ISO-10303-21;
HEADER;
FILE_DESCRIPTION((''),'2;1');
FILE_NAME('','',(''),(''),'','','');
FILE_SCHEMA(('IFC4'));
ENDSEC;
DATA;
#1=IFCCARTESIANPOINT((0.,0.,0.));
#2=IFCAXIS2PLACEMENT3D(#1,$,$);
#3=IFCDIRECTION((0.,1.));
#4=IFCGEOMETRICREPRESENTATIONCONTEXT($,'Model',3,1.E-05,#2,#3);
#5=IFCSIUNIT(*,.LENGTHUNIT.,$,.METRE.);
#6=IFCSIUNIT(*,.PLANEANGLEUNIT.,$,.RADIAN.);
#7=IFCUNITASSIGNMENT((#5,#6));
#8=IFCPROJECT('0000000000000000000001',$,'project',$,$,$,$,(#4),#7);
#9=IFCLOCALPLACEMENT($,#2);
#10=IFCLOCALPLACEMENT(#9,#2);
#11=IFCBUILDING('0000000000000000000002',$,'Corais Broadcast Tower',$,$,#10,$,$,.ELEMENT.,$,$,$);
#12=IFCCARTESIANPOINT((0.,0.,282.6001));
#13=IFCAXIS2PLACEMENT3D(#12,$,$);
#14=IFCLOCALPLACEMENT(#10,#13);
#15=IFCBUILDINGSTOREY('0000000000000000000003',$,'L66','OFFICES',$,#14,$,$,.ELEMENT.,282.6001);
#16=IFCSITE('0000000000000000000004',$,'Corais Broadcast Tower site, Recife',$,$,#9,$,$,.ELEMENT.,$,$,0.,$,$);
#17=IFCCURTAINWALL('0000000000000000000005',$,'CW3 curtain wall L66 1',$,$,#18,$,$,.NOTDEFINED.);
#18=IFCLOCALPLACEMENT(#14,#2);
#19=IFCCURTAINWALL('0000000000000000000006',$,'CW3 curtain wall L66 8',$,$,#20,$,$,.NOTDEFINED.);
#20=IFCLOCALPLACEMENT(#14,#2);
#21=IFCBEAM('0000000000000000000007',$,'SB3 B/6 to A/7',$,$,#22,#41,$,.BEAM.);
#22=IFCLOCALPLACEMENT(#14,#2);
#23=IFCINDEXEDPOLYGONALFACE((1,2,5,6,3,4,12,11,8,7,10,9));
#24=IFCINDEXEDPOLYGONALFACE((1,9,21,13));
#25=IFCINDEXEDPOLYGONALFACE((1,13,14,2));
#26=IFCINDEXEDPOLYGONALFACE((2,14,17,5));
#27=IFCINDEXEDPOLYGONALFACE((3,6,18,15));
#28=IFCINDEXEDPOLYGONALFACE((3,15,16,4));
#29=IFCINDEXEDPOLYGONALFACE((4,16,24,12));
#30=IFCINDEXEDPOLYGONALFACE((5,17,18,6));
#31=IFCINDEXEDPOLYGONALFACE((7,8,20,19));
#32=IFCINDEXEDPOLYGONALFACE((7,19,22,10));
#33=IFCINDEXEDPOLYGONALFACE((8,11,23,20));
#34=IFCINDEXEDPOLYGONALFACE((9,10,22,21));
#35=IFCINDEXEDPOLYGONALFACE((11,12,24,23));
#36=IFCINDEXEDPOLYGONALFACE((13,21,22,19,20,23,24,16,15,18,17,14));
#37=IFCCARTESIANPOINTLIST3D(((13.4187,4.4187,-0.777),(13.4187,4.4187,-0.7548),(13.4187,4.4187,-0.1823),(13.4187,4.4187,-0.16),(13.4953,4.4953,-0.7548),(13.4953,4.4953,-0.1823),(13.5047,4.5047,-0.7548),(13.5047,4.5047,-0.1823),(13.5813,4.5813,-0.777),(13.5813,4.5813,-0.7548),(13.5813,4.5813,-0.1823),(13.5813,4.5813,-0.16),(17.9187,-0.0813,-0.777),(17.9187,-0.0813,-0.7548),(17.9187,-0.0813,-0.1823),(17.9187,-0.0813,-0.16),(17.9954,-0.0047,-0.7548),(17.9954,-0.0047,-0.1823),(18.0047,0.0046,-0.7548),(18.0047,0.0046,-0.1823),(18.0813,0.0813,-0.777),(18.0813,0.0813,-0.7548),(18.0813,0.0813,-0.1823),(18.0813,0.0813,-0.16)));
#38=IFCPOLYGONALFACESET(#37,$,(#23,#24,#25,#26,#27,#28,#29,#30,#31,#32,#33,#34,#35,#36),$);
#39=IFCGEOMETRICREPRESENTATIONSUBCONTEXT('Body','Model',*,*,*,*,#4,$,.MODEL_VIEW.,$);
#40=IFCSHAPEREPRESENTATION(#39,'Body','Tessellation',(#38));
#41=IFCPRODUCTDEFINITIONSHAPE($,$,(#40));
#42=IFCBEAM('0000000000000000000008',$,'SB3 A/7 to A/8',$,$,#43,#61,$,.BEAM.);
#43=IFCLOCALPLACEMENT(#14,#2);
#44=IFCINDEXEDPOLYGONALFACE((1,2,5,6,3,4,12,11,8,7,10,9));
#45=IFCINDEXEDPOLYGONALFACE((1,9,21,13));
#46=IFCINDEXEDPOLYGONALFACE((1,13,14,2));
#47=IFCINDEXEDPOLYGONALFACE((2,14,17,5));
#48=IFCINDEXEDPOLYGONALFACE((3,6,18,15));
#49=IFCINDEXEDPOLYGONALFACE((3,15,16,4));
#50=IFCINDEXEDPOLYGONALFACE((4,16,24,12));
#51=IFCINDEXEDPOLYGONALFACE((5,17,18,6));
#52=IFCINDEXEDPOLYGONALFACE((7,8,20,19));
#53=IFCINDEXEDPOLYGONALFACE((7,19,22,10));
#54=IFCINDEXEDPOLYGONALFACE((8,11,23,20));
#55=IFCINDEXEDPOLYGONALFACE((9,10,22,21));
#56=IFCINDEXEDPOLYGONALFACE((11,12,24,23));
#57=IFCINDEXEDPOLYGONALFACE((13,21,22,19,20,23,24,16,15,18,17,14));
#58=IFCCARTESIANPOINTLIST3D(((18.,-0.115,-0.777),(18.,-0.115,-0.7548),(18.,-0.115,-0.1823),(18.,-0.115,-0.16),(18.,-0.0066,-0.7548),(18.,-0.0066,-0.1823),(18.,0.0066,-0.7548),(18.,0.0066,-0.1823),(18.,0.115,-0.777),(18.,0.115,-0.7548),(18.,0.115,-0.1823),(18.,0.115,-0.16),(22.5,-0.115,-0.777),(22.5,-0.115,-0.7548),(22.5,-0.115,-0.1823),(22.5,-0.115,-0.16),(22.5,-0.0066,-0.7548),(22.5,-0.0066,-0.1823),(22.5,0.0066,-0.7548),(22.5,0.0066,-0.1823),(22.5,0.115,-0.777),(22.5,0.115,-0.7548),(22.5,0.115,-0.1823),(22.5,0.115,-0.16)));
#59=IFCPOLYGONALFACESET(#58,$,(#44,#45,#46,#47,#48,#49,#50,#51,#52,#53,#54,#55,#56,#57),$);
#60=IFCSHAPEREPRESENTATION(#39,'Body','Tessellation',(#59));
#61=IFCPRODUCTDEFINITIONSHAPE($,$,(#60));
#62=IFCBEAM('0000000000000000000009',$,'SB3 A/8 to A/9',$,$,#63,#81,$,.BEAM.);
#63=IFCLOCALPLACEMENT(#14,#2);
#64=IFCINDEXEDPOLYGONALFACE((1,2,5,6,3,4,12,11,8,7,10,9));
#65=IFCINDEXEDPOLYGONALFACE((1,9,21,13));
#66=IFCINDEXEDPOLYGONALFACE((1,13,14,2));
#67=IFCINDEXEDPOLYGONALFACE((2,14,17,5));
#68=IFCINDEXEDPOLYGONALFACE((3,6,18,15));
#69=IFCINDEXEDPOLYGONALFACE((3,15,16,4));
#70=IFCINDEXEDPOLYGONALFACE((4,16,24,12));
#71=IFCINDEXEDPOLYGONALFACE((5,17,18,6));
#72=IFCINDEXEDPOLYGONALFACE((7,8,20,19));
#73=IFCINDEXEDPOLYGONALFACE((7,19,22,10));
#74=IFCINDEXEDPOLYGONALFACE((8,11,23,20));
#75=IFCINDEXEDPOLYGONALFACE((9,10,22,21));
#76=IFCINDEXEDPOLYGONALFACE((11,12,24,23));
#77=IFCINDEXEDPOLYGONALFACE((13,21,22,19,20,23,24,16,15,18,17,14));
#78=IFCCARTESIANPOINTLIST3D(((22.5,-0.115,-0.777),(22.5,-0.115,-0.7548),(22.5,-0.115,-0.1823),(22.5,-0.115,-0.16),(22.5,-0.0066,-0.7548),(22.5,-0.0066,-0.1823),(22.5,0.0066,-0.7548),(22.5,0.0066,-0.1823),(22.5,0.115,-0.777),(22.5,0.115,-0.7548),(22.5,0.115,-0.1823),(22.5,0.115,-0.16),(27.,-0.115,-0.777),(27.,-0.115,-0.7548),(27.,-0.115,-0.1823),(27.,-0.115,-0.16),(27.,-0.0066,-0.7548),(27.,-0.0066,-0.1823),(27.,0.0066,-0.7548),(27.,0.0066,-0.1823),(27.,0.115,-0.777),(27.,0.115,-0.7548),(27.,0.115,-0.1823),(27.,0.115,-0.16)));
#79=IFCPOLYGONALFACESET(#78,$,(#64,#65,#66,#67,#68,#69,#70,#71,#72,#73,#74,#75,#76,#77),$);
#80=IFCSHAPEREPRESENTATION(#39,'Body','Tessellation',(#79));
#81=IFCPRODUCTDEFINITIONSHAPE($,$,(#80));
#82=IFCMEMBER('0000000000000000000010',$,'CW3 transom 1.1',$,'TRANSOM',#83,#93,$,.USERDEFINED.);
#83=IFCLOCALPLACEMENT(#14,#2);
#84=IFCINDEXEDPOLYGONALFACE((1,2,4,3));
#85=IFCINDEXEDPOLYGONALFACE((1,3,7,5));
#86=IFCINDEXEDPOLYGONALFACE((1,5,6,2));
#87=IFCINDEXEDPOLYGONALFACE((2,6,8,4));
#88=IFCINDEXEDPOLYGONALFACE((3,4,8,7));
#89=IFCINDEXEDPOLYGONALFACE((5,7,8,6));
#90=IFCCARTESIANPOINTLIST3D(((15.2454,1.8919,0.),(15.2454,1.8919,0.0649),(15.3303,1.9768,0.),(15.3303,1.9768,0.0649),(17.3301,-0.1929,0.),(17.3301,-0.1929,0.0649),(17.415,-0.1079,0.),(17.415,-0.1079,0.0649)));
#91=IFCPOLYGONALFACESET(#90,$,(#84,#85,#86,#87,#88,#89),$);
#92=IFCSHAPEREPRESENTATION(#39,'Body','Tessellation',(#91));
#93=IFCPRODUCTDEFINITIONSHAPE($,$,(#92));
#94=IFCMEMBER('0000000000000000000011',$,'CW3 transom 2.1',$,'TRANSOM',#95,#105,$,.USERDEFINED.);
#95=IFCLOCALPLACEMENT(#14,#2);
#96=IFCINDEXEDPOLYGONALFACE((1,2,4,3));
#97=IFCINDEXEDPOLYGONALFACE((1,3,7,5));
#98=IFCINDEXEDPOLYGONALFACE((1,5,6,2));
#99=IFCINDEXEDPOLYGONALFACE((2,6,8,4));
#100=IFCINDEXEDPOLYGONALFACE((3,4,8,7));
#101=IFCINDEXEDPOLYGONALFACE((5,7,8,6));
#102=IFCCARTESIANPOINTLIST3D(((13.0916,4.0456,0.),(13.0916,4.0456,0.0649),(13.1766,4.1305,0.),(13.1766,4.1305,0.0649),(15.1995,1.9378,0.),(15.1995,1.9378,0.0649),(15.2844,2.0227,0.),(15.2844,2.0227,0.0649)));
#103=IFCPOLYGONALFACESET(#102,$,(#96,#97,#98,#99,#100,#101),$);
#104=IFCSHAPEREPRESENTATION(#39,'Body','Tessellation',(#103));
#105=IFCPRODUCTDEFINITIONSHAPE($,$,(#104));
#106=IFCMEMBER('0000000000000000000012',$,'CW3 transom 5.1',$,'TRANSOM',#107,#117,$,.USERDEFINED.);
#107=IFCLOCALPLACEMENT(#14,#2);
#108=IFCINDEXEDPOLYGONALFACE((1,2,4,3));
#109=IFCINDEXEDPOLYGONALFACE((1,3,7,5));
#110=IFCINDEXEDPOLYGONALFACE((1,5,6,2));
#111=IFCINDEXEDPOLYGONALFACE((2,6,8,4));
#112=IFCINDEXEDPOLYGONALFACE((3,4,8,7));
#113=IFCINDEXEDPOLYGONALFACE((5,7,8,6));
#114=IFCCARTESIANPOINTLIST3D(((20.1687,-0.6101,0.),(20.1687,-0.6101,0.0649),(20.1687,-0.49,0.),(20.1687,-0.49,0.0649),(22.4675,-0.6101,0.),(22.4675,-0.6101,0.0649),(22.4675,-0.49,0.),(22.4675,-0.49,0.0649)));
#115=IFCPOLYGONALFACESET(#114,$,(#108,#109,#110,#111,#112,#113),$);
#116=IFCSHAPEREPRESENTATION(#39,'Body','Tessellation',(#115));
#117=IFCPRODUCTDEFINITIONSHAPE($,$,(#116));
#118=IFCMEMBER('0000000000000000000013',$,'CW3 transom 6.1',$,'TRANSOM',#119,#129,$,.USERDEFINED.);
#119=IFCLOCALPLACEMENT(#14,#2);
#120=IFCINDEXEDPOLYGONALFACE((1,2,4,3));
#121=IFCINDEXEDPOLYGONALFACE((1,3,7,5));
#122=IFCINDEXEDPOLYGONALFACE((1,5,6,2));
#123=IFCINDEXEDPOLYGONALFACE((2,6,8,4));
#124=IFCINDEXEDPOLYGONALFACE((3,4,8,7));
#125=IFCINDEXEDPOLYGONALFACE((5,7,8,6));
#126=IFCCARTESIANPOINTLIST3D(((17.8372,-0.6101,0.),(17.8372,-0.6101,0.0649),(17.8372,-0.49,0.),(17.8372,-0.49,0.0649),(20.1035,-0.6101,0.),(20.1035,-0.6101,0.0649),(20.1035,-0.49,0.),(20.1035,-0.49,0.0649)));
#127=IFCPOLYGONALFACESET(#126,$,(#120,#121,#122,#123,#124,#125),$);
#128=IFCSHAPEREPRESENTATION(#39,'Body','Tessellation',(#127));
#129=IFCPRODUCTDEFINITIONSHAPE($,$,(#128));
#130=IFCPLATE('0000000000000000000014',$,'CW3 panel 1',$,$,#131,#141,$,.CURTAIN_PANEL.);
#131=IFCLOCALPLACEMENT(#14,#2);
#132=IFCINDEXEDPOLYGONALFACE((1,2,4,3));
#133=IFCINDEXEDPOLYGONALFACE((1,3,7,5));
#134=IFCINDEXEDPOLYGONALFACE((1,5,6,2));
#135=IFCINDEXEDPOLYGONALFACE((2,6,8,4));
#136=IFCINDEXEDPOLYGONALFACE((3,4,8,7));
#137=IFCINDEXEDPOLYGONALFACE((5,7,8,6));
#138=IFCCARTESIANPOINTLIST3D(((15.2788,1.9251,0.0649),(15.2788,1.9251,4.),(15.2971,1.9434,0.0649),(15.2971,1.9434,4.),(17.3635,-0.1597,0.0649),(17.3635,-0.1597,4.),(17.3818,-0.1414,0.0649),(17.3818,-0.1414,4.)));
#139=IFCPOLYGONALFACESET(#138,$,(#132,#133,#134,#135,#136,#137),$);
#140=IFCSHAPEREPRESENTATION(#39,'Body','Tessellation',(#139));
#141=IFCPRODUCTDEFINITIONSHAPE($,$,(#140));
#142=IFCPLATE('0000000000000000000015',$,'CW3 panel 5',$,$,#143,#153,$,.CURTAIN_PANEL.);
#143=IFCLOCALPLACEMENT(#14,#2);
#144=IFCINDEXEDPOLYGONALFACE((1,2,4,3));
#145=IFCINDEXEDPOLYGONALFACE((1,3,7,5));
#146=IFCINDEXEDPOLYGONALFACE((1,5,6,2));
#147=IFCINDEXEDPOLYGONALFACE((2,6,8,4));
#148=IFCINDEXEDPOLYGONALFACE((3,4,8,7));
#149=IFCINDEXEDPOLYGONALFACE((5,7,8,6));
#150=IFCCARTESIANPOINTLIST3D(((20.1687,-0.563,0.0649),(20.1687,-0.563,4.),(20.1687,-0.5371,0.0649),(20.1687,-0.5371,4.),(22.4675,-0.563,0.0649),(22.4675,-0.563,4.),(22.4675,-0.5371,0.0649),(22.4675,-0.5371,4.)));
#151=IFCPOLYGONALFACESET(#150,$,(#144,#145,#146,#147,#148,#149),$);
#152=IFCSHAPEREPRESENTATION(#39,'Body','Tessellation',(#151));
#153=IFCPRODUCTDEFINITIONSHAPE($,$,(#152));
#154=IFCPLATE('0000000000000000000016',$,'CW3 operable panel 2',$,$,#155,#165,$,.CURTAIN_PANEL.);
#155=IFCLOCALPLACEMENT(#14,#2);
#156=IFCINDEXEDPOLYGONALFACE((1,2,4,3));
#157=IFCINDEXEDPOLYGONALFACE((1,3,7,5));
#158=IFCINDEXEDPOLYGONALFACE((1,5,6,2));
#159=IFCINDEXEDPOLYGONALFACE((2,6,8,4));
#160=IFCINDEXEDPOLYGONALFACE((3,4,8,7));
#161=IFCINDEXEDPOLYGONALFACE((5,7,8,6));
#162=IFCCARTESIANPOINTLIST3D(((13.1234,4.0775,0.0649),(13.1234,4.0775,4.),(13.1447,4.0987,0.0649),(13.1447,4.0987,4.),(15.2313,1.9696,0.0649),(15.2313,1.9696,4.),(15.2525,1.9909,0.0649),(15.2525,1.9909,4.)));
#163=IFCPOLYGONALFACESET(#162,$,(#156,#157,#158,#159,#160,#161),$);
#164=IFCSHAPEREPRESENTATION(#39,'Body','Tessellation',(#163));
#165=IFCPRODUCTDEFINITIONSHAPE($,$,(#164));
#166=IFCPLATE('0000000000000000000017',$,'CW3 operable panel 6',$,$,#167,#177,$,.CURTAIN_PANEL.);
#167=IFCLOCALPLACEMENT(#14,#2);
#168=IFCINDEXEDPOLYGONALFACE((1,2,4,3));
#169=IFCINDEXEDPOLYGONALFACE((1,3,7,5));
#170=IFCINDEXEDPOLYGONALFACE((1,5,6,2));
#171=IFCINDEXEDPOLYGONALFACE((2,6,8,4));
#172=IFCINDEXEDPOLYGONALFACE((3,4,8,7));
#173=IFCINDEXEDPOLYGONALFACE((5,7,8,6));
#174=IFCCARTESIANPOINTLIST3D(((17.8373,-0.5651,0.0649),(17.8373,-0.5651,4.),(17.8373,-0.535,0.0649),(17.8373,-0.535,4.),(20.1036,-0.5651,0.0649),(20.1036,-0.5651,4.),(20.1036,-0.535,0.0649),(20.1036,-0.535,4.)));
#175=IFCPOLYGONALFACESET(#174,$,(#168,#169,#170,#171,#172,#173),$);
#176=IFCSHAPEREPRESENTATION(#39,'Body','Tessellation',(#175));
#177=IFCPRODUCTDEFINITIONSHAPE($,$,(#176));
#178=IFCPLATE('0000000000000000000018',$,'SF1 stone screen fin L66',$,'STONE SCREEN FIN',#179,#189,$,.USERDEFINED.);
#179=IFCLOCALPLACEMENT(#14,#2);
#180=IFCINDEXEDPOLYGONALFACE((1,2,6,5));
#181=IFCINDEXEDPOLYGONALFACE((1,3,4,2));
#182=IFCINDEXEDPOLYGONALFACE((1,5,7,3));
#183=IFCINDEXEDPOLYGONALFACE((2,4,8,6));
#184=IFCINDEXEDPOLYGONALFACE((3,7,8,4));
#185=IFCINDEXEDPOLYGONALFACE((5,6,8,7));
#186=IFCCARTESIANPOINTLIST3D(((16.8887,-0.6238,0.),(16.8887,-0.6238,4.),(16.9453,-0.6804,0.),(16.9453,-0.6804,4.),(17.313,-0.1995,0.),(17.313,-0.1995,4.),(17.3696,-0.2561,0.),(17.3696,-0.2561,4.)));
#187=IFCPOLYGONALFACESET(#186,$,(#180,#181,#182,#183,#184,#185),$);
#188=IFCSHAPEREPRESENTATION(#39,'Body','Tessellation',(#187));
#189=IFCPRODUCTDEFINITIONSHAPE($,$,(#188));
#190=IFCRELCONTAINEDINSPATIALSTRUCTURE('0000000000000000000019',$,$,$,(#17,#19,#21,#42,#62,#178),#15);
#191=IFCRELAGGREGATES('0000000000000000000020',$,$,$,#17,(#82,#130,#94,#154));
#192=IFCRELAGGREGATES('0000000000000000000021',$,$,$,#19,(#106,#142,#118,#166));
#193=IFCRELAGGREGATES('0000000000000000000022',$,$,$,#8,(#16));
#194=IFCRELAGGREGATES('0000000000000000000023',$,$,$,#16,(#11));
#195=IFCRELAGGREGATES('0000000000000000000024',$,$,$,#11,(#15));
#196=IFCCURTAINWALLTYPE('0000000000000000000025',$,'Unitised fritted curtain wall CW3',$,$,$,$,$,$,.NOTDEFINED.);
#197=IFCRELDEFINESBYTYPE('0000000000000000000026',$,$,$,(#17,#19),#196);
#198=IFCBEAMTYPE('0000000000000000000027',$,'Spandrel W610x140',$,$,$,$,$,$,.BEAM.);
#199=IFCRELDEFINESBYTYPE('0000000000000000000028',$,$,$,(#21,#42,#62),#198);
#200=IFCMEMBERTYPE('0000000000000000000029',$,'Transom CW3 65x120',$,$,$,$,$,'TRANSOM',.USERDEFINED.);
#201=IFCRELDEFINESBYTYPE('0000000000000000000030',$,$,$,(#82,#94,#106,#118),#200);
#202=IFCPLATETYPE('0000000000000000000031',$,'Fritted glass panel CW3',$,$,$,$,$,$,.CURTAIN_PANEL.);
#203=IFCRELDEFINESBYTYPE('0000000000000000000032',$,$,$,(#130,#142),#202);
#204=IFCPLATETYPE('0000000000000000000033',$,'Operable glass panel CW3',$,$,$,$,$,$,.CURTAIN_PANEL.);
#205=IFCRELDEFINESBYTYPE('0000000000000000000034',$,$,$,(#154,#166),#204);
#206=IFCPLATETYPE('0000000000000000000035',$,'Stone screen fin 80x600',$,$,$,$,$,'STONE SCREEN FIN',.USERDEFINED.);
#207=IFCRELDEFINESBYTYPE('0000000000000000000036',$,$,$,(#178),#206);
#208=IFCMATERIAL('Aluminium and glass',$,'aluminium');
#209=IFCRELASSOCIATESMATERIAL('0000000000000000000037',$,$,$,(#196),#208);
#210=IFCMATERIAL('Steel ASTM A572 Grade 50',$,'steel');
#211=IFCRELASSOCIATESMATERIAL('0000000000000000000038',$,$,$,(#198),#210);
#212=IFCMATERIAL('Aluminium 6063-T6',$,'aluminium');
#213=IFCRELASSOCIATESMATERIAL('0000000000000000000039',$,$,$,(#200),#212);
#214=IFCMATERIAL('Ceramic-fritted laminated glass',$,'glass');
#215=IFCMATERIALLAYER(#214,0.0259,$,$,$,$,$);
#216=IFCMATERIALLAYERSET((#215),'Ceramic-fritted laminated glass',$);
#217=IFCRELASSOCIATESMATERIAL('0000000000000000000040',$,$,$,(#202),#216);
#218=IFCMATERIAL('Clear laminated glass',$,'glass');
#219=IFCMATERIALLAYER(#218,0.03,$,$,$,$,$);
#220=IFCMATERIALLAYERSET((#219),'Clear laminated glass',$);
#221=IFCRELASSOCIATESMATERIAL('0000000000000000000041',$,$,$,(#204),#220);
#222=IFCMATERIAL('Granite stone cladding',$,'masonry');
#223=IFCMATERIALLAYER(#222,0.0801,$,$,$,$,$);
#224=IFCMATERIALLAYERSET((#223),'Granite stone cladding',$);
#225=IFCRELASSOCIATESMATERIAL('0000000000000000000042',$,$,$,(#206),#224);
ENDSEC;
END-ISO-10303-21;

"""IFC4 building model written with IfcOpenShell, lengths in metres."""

from ifc_helpers import new_model, si_unit, direction, frame, origin, origin_2d, place, context, subcontext, project, spatial, rectangle, i_section, extrude, material, layer, layer_set, material_profile, profile_set, type_object, element, aggregate, save


model = new_model("IFC4")

# Units and contexts
model_context = context("Model", 3, precision=1e-05, world=origin(), true_north=direction((0.0, 1.0)))
body_context = subcontext(model_context, "Body", "Model", "MODEL_VIEW")
ifc_project = project(units=[si_unit("LENGTHUNIT", "METRE"), si_unit("PLANEANGLEUNIT", "RADIAN")], contexts=[model_context])

# Site, building, storey
site_placement = place(None, origin())
site = spatial("IfcSite", under=ifc_project, at=site_placement, Name="Corais Broadcast Tower site, Recife", CompositionType="ELEMENT", RefElevation=0.0)
building_placement = place(site_placement, origin())
building = spatial("IfcBuilding", under=site, at=building_placement, Name="Corais Broadcast Tower", CompositionType="ELEMENT")
storey_placement = place(building_placement, frame((0.0, 0.0, 282.6001)))
storey = spatial("IfcBuildingStorey", under=building, at=storey_placement, Name="L66", Description="OFFICES", CompositionType="ELEMENT", Elevation=282.6001)

# Curtain walls
ifc_material_1 = material(Name="Aluminium and glass", Category="aluminium")
curtain_wall_type = type_object("IfcCurtainWallType", Name="Unitised fritted curtain wall CW3", PredefinedType="NOTDEFINED", material=ifc_material_1)
curtain_wall_1_placement = place(storey_placement, origin())
curtain_wall_1 = element("IfcCurtainWall", 1, at=curtain_wall_1_placement, inside=storey, type_object=curtain_wall_type, Name="CW3 curtain wall L66 1", PredefinedType="NOTDEFINED")
curtain_wall_2_placement = place(storey_placement, origin())
curtain_wall_2 = element("IfcCurtainWall", 2, at=curtain_wall_2_placement, inside=storey, type_object=curtain_wall_type, Name="CW3 curtain wall L66 8", PredefinedType="NOTDEFINED")

# Beams
ifc_material_2 = material(Name="Steel ASTM A572 Grade 50", Category="steel")
ifc_material_profile_1 = material_profile(ifc_material_2, i_section(OverallWidth=0.23, OverallDepth=0.6169, WebThickness=0.0132, FlangeThickness=0.0222, at=origin_2d()), Name="W610x140")
ifc_profile_set_1 = profile_set([ifc_material_profile_1], Name="Steel ASTM A572 Grade 50")
beam_type_1 = type_object("IfcBeamType", Name="Spandrel W610x140", PredefinedType="BEAM", material=ifc_profile_set_1)
beam_1_placement = place(storey_placement, frame((13.5, 4.5, -0.4685), z_axis=(0.707107, -0.707107, 0.0), x_axis=(0.707107, 0.707107, 0.0)))
element("IfcBeam", 3, at=beam_1_placement, inside=storey, type_object=beam_type_1, Name="SB3 B/6 to A/7", PredefinedType="BEAM", context=body_context, shape_type="SweptSolid", body=[
    extrude(i_section(OverallWidth=0.23, OverallDepth=0.6169, WebThickness=0.0132, FlangeThickness=0.0222, at=origin_2d()), origin(), (0.0, 0.0, 1.0), 6.364),
])
for number, where, z_axis, x_axis, name in (
    (4, (18.0, 0.0, -0.4685), (1.0, 0.0, 0.0), (0.0, 1.0, 0.0), "SB3 A/7 to A/8"),
    (5, (22.5, 0.0, -0.4685), (1.0, 0.0, 0.0), (0.0, 1.0, 0.0), "SB3 A/8 to A/9"),
):
    element("IfcBeam", number, at=place(storey_placement, frame(where, z_axis=z_axis, x_axis=x_axis)), inside=storey, type_object=beam_type_1, Name=name, PredefinedType="BEAM", context=body_context, shape_type="SweptSolid", body=[
        extrude(i_section(OverallWidth=0.23, OverallDepth=0.6169, WebThickness=0.0132, FlangeThickness=0.0222, at=origin_2d()), origin(), (0.0, 0.0, 1.0), 4.5),
    ])

# Members
ifc_material_3 = material(Name="Aluminium 6063-T6", Category="aluminium")
ifc_material_profile_2 = material_profile(ifc_material_3, rectangle(XDim=0.1201, YDim=0.0649, at=origin_2d()), Name="Transom CW3 65x120")
ifc_profile_set_2 = profile_set([ifc_material_profile_2], Name="Aluminium 6063-T6")
member_type_1 = type_object("IfcMemberType", Name="Transom CW3 65x120", ElementType="TRANSOM", PredefinedType="USERDEFINED", material=ifc_profile_set_2)
member_1_placement = place(storey_placement, frame((17.3726, -0.1504, 0.0325), z_axis=(-0.707107, 0.707107, 0.0), x_axis=(-0.707107, -0.707107, 0.0)))
member_1 = element("IfcMember", 6, at=member_1_placement, type_object=member_type_1, Name="CW3 transom 1.1", ObjectType="TRANSOM", PredefinedType="USERDEFINED", context=body_context, shape_type="SweptSolid", body=[
    extrude(rectangle(XDim=0.1201, YDim=0.0649, at=origin_2d()), origin(), (0.0, 0.0, 1.0), 2.9482),
])
member_2_placement = place(storey_placement, frame((15.2419, 1.9802, 0.0325), z_axis=(-0.707107, 0.707107, 0.0), x_axis=(-0.707107, -0.707107, 0.0)))
member_2 = element("IfcMember", 7, at=member_2_placement, type_object=member_type_1, Name="CW3 transom 2.1", ObjectType="TRANSOM", PredefinedType="USERDEFINED", context=body_context, shape_type="SweptSolid", body=[
    extrude(rectangle(XDim=0.1201, YDim=0.0649, at=origin_2d()), origin(), (0.0, 0.0, 1.0), 2.981),
])
member_3_placement = place(storey_placement, frame((22.4675, -0.55, 0.0325), z_axis=(-1.0, 0.0, 0.0), x_axis=(0.0, -1.0, 0.0)))
member_3 = element("IfcMember", 8, at=member_3_placement, type_object=member_type_1, Name="CW3 transom 5.1", ObjectType="TRANSOM", PredefinedType="USERDEFINED", context=body_context, shape_type="SweptSolid", body=[
    extrude(rectangle(XDim=0.1201, YDim=0.0649, at=origin_2d()), origin(), (0.0, 0.0, 1.0), 2.2988),
])
member_4_placement = place(storey_placement, frame((20.1035, -0.55, 0.0325), z_axis=(-1.0, 0.0, 0.0), x_axis=(0.0, -1.0, 0.0)))
member_4 = element("IfcMember", 9, at=member_4_placement, type_object=member_type_1, Name="CW3 transom 6.1", ObjectType="TRANSOM", PredefinedType="USERDEFINED", context=body_context, shape_type="SweptSolid", body=[
    extrude(rectangle(XDim=0.1201, YDim=0.0649, at=origin_2d()), origin(), (0.0, 0.0, 1.0), 2.2664),
])

# Plates
ifc_material_4 = material(Name="Ceramic-fritted laminated glass", Category="glass")
ifc_layer_1 = layer(ifc_material_4, 0.0259)
ifc_layer_set_1 = layer_set([ifc_layer_1], Name="Ceramic-fritted laminated glass")
plate_type_1 = type_object("IfcPlateType", Name="Fritted glass panel CW3", PredefinedType="CURTAIN_PANEL", material=ifc_layer_set_1)
plate_1_placement = place(storey_placement, frame((16.3303, 0.8918, 0.0649), z_axis=(0.0, 0.0, 1.0), x_axis=(-0.707107, 0.707107, 0.0)))
plate_1 = element("IfcPlate", 10, at=plate_1_placement, type_object=plate_type_1, Name="CW3 panel 1", PredefinedType="CURTAIN_PANEL", context=body_context, shape_type="SweptSolid", body=[
    extrude(rectangle(XDim=2.9482, YDim=0.0259, at=origin_2d()), origin(), (0.0, 0.0, 1.0), 3.9351),
])
plate_2_placement = place(storey_placement, frame((21.3181, -0.55, 0.0649), z_axis=(0.0, 0.0, 1.0), x_axis=(-1.0, 0.0, 0.0)))
plate_2 = element("IfcPlate", 11, at=plate_2_placement, type_object=plate_type_1, Name="CW3 panel 5", PredefinedType="CURTAIN_PANEL", context=body_context, shape_type="SweptSolid", body=[
    extrude(rectangle(XDim=2.2988, YDim=0.0259, at=origin_2d()), origin(), (0.0, 0.0, 1.0), 3.9351),
])
ifc_material_5 = material(Name="Clear laminated glass", Category="glass")
ifc_layer_2 = layer(ifc_material_5, 0.03)
ifc_layer_set_2 = layer_set([ifc_layer_2], Name="Clear laminated glass")
plate_type_2 = type_object("IfcPlateType", Name="Operable glass panel CW3", PredefinedType="CURTAIN_PANEL", material=ifc_layer_set_2)
plate_3_placement = place(storey_placement, frame((14.188, 3.0342, 0.0649), z_axis=(0.0, 0.0, 1.0), x_axis=(-0.707107, 0.707107, 0.0)))
plate_3 = element("IfcPlate", 12, at=plate_3_placement, type_object=plate_type_2, Name="CW3 operable panel 2", PredefinedType="CURTAIN_PANEL", context=body_context, shape_type="SweptSolid", body=[
    extrude(rectangle(XDim=2.981, YDim=0.03, at=origin_2d()), origin(), (0.0, 0.0, 1.0), 3.9351),
])
aggregate(curtain_wall_1, [member_1, plate_1, member_2, plate_3])
plate_4_placement = place(storey_placement, frame((18.9705, -0.55, 0.0649), z_axis=(0.0, 0.0, 1.0), x_axis=(-1.0, 0.0, 0.0)))
plate_4 = element("IfcPlate", 13, at=plate_4_placement, type_object=plate_type_2, Name="CW3 operable panel 6", PredefinedType="CURTAIN_PANEL", context=body_context, shape_type="SweptSolid", body=[
    extrude(rectangle(XDim=2.2664, YDim=0.03, at=origin_2d()), origin(), (0.0, 0.0, 1.0), 3.9351),
])
aggregate(curtain_wall_2, [member_3, plate_2, member_4, plate_4])
ifc_material_6 = material(Name="Granite stone cladding", Category="masonry")
ifc_layer_3 = layer(ifc_material_6, 0.0801)
ifc_layer_set_3 = layer_set([ifc_layer_3], Name="Granite stone cladding")
plate_type_3 = type_object("IfcPlateType", Name="Stone screen fin 80x600", ElementType="STONE SCREEN FIN", PredefinedType="USERDEFINED", material=ifc_layer_set_3)
plate_5_placement = place(storey_placement, frame((17.1292, -0.4399, 0.0), z_axis=(0.0, 0.0, 1.0), x_axis=(-0.707107, 0.707107, 0.0)))
element("IfcPlate", 14, at=plate_5_placement, inside=storey, type_object=plate_type_3, Name="SF1 stone screen fin L66", ObjectType="STONE SCREEN FIN", PredefinedType="USERDEFINED", context=body_context, shape_type="SweptSolid", body=[
    extrude(rectangle(XDim=0.0801, YDim=0.6001, at=origin_2d()), origin(), (0.0, 0.0, 1.0), 4.0),
])

save(model, "model.ifc")
